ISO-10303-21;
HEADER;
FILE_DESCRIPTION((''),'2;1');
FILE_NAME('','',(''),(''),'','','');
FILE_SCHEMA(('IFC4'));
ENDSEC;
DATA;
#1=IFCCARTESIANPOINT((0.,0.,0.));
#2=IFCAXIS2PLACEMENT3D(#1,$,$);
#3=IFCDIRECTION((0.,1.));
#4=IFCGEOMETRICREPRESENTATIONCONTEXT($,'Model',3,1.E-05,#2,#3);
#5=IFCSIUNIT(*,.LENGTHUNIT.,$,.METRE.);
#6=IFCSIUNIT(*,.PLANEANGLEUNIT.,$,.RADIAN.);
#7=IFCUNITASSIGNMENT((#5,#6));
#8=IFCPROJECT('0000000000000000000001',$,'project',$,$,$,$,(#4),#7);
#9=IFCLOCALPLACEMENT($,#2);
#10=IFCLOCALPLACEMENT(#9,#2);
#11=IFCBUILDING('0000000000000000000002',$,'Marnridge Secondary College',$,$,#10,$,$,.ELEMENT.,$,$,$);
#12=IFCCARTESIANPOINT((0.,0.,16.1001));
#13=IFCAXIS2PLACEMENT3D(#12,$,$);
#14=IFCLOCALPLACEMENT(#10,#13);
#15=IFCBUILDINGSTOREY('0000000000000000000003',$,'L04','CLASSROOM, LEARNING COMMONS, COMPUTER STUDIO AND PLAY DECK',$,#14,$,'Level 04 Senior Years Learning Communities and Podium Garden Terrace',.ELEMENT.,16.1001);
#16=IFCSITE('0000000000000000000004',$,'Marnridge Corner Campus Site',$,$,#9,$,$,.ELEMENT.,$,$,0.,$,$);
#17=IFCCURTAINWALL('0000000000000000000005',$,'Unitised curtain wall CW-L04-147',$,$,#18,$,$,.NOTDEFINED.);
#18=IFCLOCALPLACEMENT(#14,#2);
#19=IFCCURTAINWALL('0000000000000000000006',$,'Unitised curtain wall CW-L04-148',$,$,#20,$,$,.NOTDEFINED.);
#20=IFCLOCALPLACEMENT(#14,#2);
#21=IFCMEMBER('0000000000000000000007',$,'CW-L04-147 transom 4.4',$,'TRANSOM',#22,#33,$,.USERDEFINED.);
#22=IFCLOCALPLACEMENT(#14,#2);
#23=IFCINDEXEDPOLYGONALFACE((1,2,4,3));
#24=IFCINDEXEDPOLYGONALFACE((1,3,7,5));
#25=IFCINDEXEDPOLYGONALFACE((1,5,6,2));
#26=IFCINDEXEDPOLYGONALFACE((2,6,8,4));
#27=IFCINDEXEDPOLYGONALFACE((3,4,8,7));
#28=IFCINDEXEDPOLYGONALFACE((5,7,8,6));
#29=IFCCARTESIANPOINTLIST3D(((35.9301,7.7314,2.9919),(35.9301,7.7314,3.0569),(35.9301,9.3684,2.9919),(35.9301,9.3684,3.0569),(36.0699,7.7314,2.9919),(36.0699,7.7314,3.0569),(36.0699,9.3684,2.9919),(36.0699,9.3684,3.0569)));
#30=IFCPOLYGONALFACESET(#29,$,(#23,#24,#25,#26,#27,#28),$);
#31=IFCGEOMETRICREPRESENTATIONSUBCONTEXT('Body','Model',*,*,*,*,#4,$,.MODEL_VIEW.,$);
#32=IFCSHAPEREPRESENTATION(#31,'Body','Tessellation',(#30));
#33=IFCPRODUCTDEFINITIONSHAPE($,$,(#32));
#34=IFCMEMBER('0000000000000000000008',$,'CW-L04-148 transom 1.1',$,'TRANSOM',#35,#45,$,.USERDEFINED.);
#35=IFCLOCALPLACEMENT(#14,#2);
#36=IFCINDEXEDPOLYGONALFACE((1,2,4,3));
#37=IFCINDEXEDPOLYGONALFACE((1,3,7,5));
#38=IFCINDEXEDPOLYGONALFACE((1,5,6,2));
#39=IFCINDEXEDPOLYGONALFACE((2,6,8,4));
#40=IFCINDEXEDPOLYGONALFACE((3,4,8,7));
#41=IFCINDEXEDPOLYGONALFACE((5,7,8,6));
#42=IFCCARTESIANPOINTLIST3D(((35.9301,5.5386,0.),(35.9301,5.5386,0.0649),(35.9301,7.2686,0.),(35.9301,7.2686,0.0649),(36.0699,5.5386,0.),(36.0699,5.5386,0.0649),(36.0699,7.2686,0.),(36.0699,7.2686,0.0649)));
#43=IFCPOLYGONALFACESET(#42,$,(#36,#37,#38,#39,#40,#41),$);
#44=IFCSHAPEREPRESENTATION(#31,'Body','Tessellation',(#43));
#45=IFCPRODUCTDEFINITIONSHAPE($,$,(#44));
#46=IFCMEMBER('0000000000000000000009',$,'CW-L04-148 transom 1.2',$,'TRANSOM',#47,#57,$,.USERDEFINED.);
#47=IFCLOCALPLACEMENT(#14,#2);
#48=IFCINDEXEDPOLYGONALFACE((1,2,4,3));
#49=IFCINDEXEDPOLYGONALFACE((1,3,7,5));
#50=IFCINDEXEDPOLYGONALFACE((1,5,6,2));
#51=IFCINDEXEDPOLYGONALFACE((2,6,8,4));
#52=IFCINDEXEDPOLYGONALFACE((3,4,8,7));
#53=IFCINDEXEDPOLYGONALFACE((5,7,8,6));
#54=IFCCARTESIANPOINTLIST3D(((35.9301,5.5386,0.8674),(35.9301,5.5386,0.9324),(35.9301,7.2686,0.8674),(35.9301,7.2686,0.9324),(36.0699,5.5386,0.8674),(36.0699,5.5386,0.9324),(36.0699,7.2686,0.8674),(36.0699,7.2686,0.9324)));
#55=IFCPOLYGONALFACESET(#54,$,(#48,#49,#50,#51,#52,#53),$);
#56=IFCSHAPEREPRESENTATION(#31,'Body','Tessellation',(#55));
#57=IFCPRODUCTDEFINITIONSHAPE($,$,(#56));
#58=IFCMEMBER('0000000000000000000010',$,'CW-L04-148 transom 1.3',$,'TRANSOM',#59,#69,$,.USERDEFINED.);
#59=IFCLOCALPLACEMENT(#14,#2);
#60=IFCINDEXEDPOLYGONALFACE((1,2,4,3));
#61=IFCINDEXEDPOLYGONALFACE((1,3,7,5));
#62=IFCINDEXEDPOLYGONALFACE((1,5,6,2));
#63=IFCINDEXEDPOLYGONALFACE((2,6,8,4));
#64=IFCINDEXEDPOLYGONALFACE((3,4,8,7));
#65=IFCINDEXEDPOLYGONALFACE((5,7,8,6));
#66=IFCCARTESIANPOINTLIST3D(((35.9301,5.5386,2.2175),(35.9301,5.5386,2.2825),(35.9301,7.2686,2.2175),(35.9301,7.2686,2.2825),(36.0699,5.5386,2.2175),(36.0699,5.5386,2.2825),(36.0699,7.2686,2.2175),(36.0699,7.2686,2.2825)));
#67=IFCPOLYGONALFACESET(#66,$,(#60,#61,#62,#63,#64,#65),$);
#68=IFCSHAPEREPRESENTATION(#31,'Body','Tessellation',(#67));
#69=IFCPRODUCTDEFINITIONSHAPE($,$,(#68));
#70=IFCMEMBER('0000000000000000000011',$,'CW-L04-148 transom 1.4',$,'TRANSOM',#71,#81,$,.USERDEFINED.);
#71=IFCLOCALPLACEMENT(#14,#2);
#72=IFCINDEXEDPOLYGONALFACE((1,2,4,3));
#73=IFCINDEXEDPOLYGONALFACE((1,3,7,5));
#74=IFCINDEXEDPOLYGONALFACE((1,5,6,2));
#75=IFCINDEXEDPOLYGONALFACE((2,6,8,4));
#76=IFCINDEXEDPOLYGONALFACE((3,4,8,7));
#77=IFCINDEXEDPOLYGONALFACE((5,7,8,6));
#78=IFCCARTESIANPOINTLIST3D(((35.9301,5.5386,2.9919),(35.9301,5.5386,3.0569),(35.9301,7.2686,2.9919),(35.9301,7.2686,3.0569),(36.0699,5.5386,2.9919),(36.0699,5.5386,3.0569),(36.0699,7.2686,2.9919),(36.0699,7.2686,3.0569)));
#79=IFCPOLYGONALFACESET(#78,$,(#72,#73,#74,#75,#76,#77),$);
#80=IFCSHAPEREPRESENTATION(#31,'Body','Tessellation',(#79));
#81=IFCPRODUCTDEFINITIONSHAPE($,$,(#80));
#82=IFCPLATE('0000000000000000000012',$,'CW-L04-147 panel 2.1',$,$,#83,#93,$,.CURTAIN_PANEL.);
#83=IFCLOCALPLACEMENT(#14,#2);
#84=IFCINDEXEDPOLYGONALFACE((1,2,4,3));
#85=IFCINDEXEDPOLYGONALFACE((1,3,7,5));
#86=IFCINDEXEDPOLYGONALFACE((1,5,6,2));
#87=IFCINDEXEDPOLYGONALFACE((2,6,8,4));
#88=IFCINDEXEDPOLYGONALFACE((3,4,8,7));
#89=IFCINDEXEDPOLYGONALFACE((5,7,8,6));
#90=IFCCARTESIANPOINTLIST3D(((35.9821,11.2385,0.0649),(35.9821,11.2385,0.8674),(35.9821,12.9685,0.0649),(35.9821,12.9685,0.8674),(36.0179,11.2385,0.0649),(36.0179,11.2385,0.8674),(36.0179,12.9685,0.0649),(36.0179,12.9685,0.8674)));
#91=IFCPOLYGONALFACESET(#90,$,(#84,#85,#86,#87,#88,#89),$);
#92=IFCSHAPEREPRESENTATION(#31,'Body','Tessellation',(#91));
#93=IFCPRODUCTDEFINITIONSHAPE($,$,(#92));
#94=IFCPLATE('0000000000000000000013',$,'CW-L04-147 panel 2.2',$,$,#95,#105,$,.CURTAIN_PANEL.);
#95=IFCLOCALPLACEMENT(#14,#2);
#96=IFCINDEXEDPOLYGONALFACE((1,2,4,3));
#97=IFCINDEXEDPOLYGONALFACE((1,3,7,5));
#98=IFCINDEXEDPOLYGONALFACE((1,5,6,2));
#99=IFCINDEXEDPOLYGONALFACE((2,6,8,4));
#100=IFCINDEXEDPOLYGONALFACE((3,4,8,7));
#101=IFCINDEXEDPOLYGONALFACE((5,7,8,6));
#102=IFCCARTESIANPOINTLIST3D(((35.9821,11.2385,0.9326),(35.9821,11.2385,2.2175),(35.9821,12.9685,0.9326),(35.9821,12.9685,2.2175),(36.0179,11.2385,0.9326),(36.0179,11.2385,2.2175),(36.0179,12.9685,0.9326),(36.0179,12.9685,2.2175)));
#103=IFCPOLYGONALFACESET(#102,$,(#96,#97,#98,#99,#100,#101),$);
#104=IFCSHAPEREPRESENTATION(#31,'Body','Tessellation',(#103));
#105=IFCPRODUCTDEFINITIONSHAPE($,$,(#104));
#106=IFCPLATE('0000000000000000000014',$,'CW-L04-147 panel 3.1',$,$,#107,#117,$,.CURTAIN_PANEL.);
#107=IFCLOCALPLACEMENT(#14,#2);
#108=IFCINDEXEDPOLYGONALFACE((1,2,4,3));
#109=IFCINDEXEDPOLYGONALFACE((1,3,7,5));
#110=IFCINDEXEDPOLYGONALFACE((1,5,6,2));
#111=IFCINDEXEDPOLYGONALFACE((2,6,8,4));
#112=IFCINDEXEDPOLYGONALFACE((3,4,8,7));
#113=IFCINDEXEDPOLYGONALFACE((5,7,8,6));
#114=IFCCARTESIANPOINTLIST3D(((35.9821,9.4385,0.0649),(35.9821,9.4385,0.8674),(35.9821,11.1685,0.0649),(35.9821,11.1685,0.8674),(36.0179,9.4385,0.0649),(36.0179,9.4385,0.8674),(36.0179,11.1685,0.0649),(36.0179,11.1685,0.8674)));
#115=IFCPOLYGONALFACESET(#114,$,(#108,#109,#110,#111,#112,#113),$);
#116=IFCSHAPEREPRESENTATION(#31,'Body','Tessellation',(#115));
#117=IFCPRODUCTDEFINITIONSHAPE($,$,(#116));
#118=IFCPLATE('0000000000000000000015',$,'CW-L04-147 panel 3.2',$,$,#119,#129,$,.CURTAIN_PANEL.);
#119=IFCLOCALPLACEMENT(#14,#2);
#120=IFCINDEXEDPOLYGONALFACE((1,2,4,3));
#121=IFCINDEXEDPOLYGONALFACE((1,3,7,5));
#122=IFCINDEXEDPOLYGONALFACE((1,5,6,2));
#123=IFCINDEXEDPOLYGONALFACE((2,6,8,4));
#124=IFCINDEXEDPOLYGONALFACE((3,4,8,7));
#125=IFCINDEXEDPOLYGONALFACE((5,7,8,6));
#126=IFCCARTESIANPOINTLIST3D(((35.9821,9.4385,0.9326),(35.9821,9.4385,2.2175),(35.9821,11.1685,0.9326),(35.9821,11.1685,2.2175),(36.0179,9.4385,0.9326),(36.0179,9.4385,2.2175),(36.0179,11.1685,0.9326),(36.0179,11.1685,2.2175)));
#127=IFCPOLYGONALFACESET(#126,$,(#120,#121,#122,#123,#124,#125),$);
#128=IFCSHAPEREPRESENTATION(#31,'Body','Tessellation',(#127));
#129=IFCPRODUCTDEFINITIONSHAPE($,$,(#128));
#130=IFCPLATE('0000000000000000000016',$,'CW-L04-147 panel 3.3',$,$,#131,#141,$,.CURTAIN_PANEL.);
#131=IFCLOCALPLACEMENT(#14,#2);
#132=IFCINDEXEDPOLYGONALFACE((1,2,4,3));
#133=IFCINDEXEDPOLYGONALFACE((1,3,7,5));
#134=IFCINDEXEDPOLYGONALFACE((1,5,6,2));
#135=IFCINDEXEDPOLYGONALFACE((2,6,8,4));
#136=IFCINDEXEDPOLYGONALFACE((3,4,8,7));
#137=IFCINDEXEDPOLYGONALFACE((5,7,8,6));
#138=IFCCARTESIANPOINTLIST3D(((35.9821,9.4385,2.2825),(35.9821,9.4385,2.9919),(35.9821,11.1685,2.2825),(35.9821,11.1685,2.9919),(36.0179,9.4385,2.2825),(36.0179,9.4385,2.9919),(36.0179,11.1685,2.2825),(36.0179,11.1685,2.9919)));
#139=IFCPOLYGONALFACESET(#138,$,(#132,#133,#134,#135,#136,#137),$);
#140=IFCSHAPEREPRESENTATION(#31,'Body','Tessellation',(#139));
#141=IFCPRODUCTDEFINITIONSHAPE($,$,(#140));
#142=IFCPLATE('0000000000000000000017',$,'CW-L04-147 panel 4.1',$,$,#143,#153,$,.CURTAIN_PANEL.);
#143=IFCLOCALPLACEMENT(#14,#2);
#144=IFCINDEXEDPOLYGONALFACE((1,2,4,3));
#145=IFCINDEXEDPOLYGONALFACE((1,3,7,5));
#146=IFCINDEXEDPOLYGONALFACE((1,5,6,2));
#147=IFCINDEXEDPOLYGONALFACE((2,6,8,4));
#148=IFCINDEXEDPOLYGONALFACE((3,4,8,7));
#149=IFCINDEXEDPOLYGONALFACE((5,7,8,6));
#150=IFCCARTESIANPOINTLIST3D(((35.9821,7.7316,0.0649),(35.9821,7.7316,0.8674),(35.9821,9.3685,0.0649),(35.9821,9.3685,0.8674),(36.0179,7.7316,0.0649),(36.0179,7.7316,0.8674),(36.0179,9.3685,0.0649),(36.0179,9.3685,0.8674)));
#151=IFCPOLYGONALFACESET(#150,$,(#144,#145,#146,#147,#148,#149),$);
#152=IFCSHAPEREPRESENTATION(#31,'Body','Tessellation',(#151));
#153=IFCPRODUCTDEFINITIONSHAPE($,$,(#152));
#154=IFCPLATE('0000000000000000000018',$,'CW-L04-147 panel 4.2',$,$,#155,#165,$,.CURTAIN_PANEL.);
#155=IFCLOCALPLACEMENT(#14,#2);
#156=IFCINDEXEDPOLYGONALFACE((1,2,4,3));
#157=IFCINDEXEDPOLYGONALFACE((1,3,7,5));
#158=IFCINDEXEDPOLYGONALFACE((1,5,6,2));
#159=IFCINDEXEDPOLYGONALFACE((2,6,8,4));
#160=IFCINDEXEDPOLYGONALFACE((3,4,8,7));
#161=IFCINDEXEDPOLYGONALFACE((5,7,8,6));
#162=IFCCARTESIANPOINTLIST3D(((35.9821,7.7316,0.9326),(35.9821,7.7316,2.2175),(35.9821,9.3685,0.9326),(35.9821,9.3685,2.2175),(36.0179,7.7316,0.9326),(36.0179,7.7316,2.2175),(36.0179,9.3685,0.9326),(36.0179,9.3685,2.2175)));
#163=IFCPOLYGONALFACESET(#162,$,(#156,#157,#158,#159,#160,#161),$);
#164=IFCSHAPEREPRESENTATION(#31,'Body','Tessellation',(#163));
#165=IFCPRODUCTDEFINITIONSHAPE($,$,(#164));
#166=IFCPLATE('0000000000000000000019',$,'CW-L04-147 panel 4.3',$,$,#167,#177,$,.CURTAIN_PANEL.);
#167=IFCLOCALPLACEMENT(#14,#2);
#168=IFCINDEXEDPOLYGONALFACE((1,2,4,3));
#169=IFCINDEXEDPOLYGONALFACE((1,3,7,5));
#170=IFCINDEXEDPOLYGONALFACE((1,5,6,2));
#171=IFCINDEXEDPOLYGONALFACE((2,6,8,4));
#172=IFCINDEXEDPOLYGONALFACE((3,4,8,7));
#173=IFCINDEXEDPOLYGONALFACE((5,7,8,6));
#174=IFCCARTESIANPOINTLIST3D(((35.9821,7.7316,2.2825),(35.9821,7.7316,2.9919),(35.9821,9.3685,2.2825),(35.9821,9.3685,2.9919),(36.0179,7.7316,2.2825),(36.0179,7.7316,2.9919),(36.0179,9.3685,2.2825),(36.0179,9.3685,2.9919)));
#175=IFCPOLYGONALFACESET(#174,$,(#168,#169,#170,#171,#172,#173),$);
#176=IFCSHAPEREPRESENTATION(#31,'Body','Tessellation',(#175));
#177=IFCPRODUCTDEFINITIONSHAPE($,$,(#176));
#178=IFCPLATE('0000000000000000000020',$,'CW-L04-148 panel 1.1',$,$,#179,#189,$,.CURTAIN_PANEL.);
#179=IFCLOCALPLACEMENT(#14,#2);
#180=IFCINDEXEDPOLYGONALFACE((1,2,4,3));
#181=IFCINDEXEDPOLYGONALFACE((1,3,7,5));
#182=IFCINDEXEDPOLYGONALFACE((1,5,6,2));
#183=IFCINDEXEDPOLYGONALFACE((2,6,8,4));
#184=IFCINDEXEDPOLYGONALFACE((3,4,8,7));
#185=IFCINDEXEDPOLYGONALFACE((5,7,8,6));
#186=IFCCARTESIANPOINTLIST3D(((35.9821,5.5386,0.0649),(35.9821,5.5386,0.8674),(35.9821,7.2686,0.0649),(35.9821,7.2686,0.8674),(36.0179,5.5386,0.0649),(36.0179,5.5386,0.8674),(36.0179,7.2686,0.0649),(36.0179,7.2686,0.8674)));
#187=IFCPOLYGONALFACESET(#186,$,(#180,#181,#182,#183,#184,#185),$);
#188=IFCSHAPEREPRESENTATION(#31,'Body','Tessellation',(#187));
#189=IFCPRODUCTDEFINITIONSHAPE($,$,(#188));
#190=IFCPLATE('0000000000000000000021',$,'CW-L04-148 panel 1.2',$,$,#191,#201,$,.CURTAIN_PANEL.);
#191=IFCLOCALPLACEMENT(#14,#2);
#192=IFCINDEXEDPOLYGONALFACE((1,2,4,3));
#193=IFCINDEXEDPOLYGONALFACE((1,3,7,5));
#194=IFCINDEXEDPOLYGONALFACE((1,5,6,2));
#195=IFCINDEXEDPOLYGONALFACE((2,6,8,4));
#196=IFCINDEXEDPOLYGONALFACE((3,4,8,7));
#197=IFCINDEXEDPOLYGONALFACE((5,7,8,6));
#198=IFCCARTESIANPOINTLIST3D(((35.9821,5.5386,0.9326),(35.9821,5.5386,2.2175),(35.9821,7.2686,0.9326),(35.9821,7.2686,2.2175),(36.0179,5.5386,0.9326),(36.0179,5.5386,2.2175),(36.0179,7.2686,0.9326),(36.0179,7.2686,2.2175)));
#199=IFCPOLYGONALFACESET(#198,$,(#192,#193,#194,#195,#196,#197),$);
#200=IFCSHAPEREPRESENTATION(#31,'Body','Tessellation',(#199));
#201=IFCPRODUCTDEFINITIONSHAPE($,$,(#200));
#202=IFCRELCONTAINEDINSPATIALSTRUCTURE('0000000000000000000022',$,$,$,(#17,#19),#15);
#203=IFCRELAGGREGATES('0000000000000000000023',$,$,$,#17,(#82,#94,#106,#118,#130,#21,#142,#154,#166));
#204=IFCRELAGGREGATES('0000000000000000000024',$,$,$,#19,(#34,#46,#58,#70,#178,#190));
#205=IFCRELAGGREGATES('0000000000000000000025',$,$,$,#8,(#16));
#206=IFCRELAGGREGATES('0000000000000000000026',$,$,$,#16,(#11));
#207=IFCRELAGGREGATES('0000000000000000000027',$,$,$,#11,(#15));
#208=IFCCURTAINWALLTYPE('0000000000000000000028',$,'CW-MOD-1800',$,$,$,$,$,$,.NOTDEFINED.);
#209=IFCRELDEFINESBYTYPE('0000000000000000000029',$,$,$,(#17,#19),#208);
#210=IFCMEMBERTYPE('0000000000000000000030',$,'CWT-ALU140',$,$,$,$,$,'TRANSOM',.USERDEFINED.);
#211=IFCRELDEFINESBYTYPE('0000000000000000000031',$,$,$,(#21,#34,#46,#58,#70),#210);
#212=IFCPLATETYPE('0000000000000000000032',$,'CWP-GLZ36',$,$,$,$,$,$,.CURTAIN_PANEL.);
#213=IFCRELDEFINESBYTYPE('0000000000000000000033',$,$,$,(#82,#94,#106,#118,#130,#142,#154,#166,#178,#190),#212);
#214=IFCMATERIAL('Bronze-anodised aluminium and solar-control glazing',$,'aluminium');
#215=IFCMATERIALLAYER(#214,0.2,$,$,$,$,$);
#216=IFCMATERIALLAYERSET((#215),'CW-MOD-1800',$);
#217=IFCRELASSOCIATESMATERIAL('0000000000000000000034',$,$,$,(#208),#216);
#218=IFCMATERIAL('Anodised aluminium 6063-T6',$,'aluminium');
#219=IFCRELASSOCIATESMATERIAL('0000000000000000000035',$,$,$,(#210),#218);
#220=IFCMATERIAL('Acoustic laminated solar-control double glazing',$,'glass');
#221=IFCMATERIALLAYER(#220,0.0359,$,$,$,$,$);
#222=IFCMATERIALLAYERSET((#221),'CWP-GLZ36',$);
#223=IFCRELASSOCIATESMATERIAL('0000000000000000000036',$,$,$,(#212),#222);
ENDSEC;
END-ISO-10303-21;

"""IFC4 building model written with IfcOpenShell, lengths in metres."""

from ifc_helpers import new_model, si_unit, direction, frame, origin, origin_2d, place, context, subcontext, project, spatial, rectangle, extrude, material, layer, layer_set, material_profile, profile_set, type_object, element, aggregate, save


model = new_model("IFC4")

# Units and contexts
model_context = context("Model", 3, precision=1e-05, world=origin(), true_north=direction((0.0, 1.0)))
body_context = subcontext(model_context, "Body", "Model", "MODEL_VIEW")
ifc_project = project(units=[si_unit("LENGTHUNIT", "METRE"), si_unit("PLANEANGLEUNIT", "RADIAN")], contexts=[model_context])

# Site, building, storey
site_placement = place(None, origin())
site = spatial("IfcSite", under=ifc_project, at=site_placement, Name="Marnridge Corner Campus Site", CompositionType="ELEMENT", RefElevation=0.0)
building_placement = place(site_placement, origin())
building = spatial("IfcBuilding", under=site, at=building_placement, Name="Marnridge Secondary College", CompositionType="ELEMENT")
storey_placement = place(building_placement, frame((0.0, 0.0, 16.1001)))
storey = spatial("IfcBuildingStorey", under=building, at=storey_placement, Name="L04", Description="CLASSROOM, LEARNING COMMONS, COMPUTER STUDIO AND PLAY DECK", LongName="Level 04 Senior Years Learning Communities and Podium Garden Terrace", CompositionType="ELEMENT", Elevation=16.1001)

# Curtain wall
ifc_material_1 = material(Name="Bronze-anodised aluminium and solar-control glazing", Category="aluminium")
ifc_layer_1 = layer(ifc_material_1, 0.2)
ifc_layer_set_1 = layer_set([ifc_layer_1], Name="CW-MOD-1800")
curtain_wall_type = type_object("IfcCurtainWallType", Name="CW-MOD-1800", PredefinedType="NOTDEFINED", material=ifc_layer_set_1)
curtain_wall_1_placement = place(storey_placement, origin())
curtain_wall_1 = element("IfcCurtainWall", 1, at=curtain_wall_1_placement, inside=storey, type_object=curtain_wall_type, Name="Unitised curtain wall CW-L04-147", PredefinedType="NOTDEFINED")

# Curtain wall
curtain_wall_2_placement = place(storey_placement, origin())
curtain_wall_2 = element("IfcCurtainWall", 2, at=curtain_wall_2_placement, inside=storey, type_object=curtain_wall_type, Name="Unitised curtain wall CW-L04-148", PredefinedType="NOTDEFINED")

# Members
ifc_material_2 = material(Name="Anodised aluminium 6063-T6", Category="aluminium")
ifc_material_profile_1 = material_profile(ifc_material_2, rectangle(XDim=0.0649, YDim=0.1399, at=origin_2d()), Name="ALU 65x140")
ifc_profile_set_1 = profile_set([ifc_material_profile_1], Name="Anodised aluminium 6063-T6")
member_type_1 = type_object("IfcMemberType", Name="CWT-ALU140", ElementType="TRANSOM", PredefinedType="USERDEFINED", material=ifc_profile_set_1)
member_1_placement = place(storey_placement, frame((36.0, 9.3684, 3.0244), z_axis=(0.0, -1.0, 0.0), x_axis=(0.0, 0.0, 1.0)))
member_1 = element("IfcMember", 3, at=member_1_placement, type_object=member_type_1, Name="CW-L04-147 transom 4.4", ObjectType="TRANSOM", PredefinedType="USERDEFINED", context=body_context, shape_type="SweptSolid", body=[
    extrude(rectangle(XDim=0.0649, YDim=0.1399, at=origin_2d()), origin(), (0.0, 0.0, 1.0), 1.637),
])
member_2_placement = place(storey_placement, frame((36.0, 7.2686, 0.0325), z_axis=(0.0, -1.0, 0.0), x_axis=(0.0, 0.0, 1.0)))
member_2 = element("IfcMember", 4, at=member_2_placement, type_object=member_type_1, Name="CW-L04-148 transom 1.1", ObjectType="TRANSOM", PredefinedType="USERDEFINED", context=body_context, shape_type="SweptSolid", body=[
    extrude(rectangle(XDim=0.0649, YDim=0.1399, at=origin_2d()), origin(), (0.0, 0.0, 1.0), 1.73),
])
member_3_placement = place(storey_placement, frame((36.0, 7.2686, 0.8999), z_axis=(0.0, -1.0, 0.0), x_axis=(0.0, 0.0, 1.0)))
member_3 = element("IfcMember", 5, at=member_3_placement, type_object=member_type_1, Name="CW-L04-148 transom 1.2", ObjectType="TRANSOM", PredefinedType="USERDEFINED", context=body_context, shape_type="SweptSolid", body=[
    extrude(rectangle(XDim=0.0649, YDim=0.1399, at=origin_2d()), origin(), (0.0, 0.0, 1.0), 1.73),
])
member_4_placement = place(storey_placement, frame((36.0, 7.2686, 2.25), z_axis=(0.0, -1.0, 0.0), x_axis=(0.0, 0.0, 1.0)))
member_4 = element("IfcMember", 6, at=member_4_placement, type_object=member_type_1, Name="CW-L04-148 transom 1.3", ObjectType="TRANSOM", PredefinedType="USERDEFINED", context=body_context, shape_type="SweptSolid", body=[
    extrude(rectangle(XDim=0.0649, YDim=0.1399, at=origin_2d()), origin(), (0.0, 0.0, 1.0), 1.73),
])
member_5_placement = place(storey_placement, frame((36.0, 7.2686, 3.0244), z_axis=(0.0, -1.0, 0.0), x_axis=(0.0, 0.0, 1.0)))
member_5 = element("IfcMember", 7, at=member_5_placement, type_object=member_type_1, Name="CW-L04-148 transom 1.4", ObjectType="TRANSOM", PredefinedType="USERDEFINED", context=body_context, shape_type="SweptSolid", body=[
    extrude(rectangle(XDim=0.0649, YDim=0.1399, at=origin_2d()), origin(), (0.0, 0.0, 1.0), 1.73),
])

# Plates
ifc_material_3 = material(Name="Acoustic laminated solar-control double glazing", Category="glass")
ifc_layer_2 = layer(ifc_material_3, 0.0359)
ifc_layer_set_2 = layer_set([ifc_layer_2], Name="CWP-GLZ36")
plate_type = type_object("IfcPlateType", Name="CWP-GLZ36", PredefinedType="CURTAIN_PANEL", material=ifc_layer_set_2)
plate_1_placement = place(storey_placement, frame((36.0, 12.1035, 0.0649), z_axis=(0.0, 0.0, 1.0), x_axis=(0.0, -1.0, 0.0)))
plate_1 = element("IfcPlate", 8, at=plate_1_placement, type_object=plate_type, Name="CW-L04-147 panel 2.1", PredefinedType="CURTAIN_PANEL", context=body_context, shape_type="SweptSolid", body=[
    extrude(rectangle(XDim=1.73, YDim=0.0359, at=origin_2d()), origin(), (0.0, 0.0, 1.0), 0.8025),
])
plate_2_placement = place(storey_placement, frame((36.0, 12.1035, 0.9326), z_axis=(0.0, 0.0, 1.0), x_axis=(0.0, -1.0, 0.0)))
plate_2 = element("IfcPlate", 9, at=plate_2_placement, type_object=plate_type, Name="CW-L04-147 panel 2.2", PredefinedType="CURTAIN_PANEL", context=body_context, shape_type="SweptSolid", body=[
    extrude(rectangle(XDim=1.73, YDim=0.0359, at=origin_2d()), origin(), (0.0, 0.0, 1.0), 1.2849),
])
plate_3_placement = place(storey_placement, frame((36.0, 10.3035, 0.0649), z_axis=(0.0, 0.0, 1.0), x_axis=(0.0, -1.0, 0.0)))
plate_3 = element("IfcPlate", 10, at=plate_3_placement, type_object=plate_type, Name="CW-L04-147 panel 3.1", PredefinedType="CURTAIN_PANEL", context=body_context, shape_type="SweptSolid", body=[
    extrude(rectangle(XDim=1.73, YDim=0.0359, at=origin_2d()), origin(), (0.0, 0.0, 1.0), 0.8025),
])
plate_4_placement = place(storey_placement, frame((36.0, 10.3035, 0.9326), z_axis=(0.0, 0.0, 1.0), x_axis=(0.0, -1.0, 0.0)))
plate_4 = element("IfcPlate", 11, at=plate_4_placement, type_object=plate_type, Name="CW-L04-147 panel 3.2", PredefinedType="CURTAIN_PANEL", context=body_context, shape_type="SweptSolid", body=[
    extrude(rectangle(XDim=1.73, YDim=0.0359, at=origin_2d()), origin(), (0.0, 0.0, 1.0), 1.2849),
])
plate_5_placement = place(storey_placement, frame((36.0, 10.3035, 2.2825), z_axis=(0.0, 0.0, 1.0), x_axis=(0.0, -1.0, 0.0)))
plate_5 = element("IfcPlate", 12, at=plate_5_placement, type_object=plate_type, Name="CW-L04-147 panel 3.3", PredefinedType="CURTAIN_PANEL", context=body_context, shape_type="SweptSolid", body=[
    extrude(rectangle(XDim=1.73, YDim=0.0359, at=origin_2d()), origin(), (0.0, 0.0, 1.0), 0.7095),
])
plate_6_placement = place(storey_placement, frame((36.0, 8.55, 0.0649), z_axis=(0.0, 0.0, 1.0), x_axis=(0.0, -1.0, 0.0)))
plate_6 = element("IfcPlate", 13, at=plate_6_placement, type_object=plate_type, Name="CW-L04-147 panel 4.1", PredefinedType="CURTAIN_PANEL", context=body_context, shape_type="SweptSolid", body=[
    extrude(rectangle(XDim=1.637, YDim=0.0359, at=origin_2d()), origin(), (0.0, 0.0, 1.0), 0.8025),
])
plate_7_placement = place(storey_placement, frame((36.0, 8.55, 0.9326), z_axis=(0.0, 0.0, 1.0), x_axis=(0.0, -1.0, 0.0)))
plate_7 = element("IfcPlate", 14, at=plate_7_placement, type_object=plate_type, Name="CW-L04-147 panel 4.2", PredefinedType="CURTAIN_PANEL", context=body_context, shape_type="SweptSolid", body=[
    extrude(rectangle(XDim=1.637, YDim=0.0359, at=origin_2d()), origin(), (0.0, 0.0, 1.0), 1.2849),
])
plate_8_placement = place(storey_placement, frame((36.0, 8.55, 2.2825), z_axis=(0.0, 0.0, 1.0), x_axis=(0.0, -1.0, 0.0)))
plate_8 = element("IfcPlate", 15, at=plate_8_placement, type_object=plate_type, Name="CW-L04-147 panel 4.3", PredefinedType="CURTAIN_PANEL", context=body_context, shape_type="SweptSolid", body=[
    extrude(rectangle(XDim=1.637, YDim=0.0359, at=origin_2d()), origin(), (0.0, 0.0, 1.0), 0.7095),
])
aggregate(curtain_wall_1, [plate_1, plate_2, plate_3, plate_4, plate_5, member_1, plate_6, plate_7, plate_8])
plate_9_placement = place(storey_placement, frame((36.0, 6.4036, 0.0649), z_axis=(0.0, 0.0, 1.0), x_axis=(0.0, -1.0, 0.0)))
plate_9 = element("IfcPlate", 16, at=plate_9_placement, type_object=plate_type, Name="CW-L04-148 panel 1.1", PredefinedType="CURTAIN_PANEL", context=body_context, shape_type="SweptSolid", body=[
    extrude(rectangle(XDim=1.73, YDim=0.0359, at=origin_2d()), origin(), (0.0, 0.0, 1.0), 0.8025),
])
plate_10_placement = place(storey_placement, frame((36.0, 6.4036, 0.9326), z_axis=(0.0, 0.0, 1.0), x_axis=(0.0, -1.0, 0.0)))
plate_10 = element("IfcPlate", 17, at=plate_10_placement, type_object=plate_type, Name="CW-L04-148 panel 1.2", PredefinedType="CURTAIN_PANEL", context=body_context, shape_type="SweptSolid", body=[
    extrude(rectangle(XDim=1.73, YDim=0.0359, at=origin_2d()), origin(), (0.0, 0.0, 1.0), 1.2849),
])
aggregate(curtain_wall_2, [member_2, member_3, member_4, member_5, plate_9, plate_10])

save(model, "model.ifc")
